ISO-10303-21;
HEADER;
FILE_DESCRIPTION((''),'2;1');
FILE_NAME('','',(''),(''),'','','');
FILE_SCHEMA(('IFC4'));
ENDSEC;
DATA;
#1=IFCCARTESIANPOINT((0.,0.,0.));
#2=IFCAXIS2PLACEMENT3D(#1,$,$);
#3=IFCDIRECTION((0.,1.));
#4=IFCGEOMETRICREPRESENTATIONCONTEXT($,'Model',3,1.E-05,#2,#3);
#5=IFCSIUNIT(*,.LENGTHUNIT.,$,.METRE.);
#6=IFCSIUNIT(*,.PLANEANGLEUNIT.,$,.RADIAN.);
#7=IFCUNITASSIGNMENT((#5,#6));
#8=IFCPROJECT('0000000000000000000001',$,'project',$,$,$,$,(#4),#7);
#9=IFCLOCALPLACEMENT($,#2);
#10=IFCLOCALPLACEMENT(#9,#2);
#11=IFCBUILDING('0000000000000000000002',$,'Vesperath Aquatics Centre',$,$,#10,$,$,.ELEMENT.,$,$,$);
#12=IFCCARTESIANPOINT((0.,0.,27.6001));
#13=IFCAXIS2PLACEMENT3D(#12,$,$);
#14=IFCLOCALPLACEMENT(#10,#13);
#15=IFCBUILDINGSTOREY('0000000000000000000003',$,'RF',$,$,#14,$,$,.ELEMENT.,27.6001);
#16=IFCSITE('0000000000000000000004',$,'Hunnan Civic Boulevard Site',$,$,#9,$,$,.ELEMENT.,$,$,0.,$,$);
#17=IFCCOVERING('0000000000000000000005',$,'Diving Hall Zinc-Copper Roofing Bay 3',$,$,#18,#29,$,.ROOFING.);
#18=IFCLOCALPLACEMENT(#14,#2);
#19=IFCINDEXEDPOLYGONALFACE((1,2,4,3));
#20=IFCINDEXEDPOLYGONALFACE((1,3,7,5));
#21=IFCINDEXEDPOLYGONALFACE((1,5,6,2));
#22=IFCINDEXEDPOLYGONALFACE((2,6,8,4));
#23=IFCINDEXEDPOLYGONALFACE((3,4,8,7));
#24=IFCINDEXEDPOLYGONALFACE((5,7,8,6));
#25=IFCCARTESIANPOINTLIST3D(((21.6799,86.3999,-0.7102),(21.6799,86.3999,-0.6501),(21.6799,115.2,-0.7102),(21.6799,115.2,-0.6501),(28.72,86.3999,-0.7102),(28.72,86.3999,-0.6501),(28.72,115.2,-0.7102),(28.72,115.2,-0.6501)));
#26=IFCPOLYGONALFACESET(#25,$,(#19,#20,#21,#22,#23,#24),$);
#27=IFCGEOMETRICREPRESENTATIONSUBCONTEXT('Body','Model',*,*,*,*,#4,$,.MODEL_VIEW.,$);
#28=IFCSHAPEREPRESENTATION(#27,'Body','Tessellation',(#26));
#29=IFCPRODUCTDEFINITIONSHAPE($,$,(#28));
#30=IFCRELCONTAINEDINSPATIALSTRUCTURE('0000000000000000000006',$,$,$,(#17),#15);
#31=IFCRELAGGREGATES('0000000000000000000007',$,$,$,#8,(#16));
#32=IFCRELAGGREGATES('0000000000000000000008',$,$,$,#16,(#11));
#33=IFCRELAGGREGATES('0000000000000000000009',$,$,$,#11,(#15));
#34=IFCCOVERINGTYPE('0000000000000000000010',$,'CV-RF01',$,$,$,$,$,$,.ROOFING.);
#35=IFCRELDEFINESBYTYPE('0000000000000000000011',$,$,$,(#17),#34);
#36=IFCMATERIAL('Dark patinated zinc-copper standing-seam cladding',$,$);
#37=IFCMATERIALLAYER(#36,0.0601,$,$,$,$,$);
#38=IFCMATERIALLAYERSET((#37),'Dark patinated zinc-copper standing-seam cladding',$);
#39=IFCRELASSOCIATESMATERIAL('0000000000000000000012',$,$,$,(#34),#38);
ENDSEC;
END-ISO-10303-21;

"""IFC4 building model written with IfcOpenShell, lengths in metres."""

from ifc_helpers import new_model, si_unit, direction, frame, origin, place, context, subcontext, project, spatial, polyline, outline, extrude, material, layer, layer_set, type_object, element, save


model = new_model("IFC4")

# Units and contexts
model_context = context("Model", 3, precision=1e-05, world=origin(), true_north=direction((0.0, 1.0)))
body_context = subcontext(model_context, "Body", "Model", "MODEL_VIEW")
ifc_project = project(units=[si_unit("LENGTHUNIT", "METRE"), si_unit("PLANEANGLEUNIT", "RADIAN")], contexts=[model_context])

# Site, building, storey
site_placement = place(None, origin())
site = spatial("IfcSite", under=ifc_project, at=site_placement, Name="Hunnan Civic Boulevard Site", CompositionType="ELEMENT", RefElevation=0.0)
building_placement = place(site_placement, origin())
building = spatial("IfcBuilding", under=site, at=building_placement, Name="Vesperath Aquatics Centre", CompositionType="ELEMENT")
storey_placement = place(building_placement, frame((0.0, 0.0, 27.6001)))
storey = spatial("IfcBuildingStorey", under=building, at=storey_placement, Name="RF", CompositionType="ELEMENT", Elevation=27.6001)

# Covering
ifc_material_1 = material(Name="Dark patinated zinc-copper standing-seam cladding")
ifc_layer_1 = layer(ifc_material_1, 0.0601)
ifc_layer_set_1 = layer_set([ifc_layer_1], Name="Dark patinated zinc-copper standing-seam cladding")
covering_type = type_object("IfcCoveringType", Name="CV-RF01", PredefinedType="ROOFING", material=ifc_layer_set_1)
covering_placement = place(storey_placement, frame((21.6799, 86.3999, -0.6501), z_axis=(0.0, 0.0, 1.0), x_axis=(1.0, 0.0, 0.0)))
element("IfcCovering", 1, at=covering_placement, inside=storey, type_object=covering_type, Name="Diving Hall Zinc-Copper Roofing Bay 3", PredefinedType="ROOFING", context=body_context, shape_type="SweptSolid", body=[
    extrude(outline(polyline([(0.0, 0.0), (7.04, 0.0), (7.04, 28.8), (0.0, 28.8), (0.0, 0.0)])), origin(), (0.0, 0.0, -1.0), 0.0601),
])

save(model, "model.ifc")
